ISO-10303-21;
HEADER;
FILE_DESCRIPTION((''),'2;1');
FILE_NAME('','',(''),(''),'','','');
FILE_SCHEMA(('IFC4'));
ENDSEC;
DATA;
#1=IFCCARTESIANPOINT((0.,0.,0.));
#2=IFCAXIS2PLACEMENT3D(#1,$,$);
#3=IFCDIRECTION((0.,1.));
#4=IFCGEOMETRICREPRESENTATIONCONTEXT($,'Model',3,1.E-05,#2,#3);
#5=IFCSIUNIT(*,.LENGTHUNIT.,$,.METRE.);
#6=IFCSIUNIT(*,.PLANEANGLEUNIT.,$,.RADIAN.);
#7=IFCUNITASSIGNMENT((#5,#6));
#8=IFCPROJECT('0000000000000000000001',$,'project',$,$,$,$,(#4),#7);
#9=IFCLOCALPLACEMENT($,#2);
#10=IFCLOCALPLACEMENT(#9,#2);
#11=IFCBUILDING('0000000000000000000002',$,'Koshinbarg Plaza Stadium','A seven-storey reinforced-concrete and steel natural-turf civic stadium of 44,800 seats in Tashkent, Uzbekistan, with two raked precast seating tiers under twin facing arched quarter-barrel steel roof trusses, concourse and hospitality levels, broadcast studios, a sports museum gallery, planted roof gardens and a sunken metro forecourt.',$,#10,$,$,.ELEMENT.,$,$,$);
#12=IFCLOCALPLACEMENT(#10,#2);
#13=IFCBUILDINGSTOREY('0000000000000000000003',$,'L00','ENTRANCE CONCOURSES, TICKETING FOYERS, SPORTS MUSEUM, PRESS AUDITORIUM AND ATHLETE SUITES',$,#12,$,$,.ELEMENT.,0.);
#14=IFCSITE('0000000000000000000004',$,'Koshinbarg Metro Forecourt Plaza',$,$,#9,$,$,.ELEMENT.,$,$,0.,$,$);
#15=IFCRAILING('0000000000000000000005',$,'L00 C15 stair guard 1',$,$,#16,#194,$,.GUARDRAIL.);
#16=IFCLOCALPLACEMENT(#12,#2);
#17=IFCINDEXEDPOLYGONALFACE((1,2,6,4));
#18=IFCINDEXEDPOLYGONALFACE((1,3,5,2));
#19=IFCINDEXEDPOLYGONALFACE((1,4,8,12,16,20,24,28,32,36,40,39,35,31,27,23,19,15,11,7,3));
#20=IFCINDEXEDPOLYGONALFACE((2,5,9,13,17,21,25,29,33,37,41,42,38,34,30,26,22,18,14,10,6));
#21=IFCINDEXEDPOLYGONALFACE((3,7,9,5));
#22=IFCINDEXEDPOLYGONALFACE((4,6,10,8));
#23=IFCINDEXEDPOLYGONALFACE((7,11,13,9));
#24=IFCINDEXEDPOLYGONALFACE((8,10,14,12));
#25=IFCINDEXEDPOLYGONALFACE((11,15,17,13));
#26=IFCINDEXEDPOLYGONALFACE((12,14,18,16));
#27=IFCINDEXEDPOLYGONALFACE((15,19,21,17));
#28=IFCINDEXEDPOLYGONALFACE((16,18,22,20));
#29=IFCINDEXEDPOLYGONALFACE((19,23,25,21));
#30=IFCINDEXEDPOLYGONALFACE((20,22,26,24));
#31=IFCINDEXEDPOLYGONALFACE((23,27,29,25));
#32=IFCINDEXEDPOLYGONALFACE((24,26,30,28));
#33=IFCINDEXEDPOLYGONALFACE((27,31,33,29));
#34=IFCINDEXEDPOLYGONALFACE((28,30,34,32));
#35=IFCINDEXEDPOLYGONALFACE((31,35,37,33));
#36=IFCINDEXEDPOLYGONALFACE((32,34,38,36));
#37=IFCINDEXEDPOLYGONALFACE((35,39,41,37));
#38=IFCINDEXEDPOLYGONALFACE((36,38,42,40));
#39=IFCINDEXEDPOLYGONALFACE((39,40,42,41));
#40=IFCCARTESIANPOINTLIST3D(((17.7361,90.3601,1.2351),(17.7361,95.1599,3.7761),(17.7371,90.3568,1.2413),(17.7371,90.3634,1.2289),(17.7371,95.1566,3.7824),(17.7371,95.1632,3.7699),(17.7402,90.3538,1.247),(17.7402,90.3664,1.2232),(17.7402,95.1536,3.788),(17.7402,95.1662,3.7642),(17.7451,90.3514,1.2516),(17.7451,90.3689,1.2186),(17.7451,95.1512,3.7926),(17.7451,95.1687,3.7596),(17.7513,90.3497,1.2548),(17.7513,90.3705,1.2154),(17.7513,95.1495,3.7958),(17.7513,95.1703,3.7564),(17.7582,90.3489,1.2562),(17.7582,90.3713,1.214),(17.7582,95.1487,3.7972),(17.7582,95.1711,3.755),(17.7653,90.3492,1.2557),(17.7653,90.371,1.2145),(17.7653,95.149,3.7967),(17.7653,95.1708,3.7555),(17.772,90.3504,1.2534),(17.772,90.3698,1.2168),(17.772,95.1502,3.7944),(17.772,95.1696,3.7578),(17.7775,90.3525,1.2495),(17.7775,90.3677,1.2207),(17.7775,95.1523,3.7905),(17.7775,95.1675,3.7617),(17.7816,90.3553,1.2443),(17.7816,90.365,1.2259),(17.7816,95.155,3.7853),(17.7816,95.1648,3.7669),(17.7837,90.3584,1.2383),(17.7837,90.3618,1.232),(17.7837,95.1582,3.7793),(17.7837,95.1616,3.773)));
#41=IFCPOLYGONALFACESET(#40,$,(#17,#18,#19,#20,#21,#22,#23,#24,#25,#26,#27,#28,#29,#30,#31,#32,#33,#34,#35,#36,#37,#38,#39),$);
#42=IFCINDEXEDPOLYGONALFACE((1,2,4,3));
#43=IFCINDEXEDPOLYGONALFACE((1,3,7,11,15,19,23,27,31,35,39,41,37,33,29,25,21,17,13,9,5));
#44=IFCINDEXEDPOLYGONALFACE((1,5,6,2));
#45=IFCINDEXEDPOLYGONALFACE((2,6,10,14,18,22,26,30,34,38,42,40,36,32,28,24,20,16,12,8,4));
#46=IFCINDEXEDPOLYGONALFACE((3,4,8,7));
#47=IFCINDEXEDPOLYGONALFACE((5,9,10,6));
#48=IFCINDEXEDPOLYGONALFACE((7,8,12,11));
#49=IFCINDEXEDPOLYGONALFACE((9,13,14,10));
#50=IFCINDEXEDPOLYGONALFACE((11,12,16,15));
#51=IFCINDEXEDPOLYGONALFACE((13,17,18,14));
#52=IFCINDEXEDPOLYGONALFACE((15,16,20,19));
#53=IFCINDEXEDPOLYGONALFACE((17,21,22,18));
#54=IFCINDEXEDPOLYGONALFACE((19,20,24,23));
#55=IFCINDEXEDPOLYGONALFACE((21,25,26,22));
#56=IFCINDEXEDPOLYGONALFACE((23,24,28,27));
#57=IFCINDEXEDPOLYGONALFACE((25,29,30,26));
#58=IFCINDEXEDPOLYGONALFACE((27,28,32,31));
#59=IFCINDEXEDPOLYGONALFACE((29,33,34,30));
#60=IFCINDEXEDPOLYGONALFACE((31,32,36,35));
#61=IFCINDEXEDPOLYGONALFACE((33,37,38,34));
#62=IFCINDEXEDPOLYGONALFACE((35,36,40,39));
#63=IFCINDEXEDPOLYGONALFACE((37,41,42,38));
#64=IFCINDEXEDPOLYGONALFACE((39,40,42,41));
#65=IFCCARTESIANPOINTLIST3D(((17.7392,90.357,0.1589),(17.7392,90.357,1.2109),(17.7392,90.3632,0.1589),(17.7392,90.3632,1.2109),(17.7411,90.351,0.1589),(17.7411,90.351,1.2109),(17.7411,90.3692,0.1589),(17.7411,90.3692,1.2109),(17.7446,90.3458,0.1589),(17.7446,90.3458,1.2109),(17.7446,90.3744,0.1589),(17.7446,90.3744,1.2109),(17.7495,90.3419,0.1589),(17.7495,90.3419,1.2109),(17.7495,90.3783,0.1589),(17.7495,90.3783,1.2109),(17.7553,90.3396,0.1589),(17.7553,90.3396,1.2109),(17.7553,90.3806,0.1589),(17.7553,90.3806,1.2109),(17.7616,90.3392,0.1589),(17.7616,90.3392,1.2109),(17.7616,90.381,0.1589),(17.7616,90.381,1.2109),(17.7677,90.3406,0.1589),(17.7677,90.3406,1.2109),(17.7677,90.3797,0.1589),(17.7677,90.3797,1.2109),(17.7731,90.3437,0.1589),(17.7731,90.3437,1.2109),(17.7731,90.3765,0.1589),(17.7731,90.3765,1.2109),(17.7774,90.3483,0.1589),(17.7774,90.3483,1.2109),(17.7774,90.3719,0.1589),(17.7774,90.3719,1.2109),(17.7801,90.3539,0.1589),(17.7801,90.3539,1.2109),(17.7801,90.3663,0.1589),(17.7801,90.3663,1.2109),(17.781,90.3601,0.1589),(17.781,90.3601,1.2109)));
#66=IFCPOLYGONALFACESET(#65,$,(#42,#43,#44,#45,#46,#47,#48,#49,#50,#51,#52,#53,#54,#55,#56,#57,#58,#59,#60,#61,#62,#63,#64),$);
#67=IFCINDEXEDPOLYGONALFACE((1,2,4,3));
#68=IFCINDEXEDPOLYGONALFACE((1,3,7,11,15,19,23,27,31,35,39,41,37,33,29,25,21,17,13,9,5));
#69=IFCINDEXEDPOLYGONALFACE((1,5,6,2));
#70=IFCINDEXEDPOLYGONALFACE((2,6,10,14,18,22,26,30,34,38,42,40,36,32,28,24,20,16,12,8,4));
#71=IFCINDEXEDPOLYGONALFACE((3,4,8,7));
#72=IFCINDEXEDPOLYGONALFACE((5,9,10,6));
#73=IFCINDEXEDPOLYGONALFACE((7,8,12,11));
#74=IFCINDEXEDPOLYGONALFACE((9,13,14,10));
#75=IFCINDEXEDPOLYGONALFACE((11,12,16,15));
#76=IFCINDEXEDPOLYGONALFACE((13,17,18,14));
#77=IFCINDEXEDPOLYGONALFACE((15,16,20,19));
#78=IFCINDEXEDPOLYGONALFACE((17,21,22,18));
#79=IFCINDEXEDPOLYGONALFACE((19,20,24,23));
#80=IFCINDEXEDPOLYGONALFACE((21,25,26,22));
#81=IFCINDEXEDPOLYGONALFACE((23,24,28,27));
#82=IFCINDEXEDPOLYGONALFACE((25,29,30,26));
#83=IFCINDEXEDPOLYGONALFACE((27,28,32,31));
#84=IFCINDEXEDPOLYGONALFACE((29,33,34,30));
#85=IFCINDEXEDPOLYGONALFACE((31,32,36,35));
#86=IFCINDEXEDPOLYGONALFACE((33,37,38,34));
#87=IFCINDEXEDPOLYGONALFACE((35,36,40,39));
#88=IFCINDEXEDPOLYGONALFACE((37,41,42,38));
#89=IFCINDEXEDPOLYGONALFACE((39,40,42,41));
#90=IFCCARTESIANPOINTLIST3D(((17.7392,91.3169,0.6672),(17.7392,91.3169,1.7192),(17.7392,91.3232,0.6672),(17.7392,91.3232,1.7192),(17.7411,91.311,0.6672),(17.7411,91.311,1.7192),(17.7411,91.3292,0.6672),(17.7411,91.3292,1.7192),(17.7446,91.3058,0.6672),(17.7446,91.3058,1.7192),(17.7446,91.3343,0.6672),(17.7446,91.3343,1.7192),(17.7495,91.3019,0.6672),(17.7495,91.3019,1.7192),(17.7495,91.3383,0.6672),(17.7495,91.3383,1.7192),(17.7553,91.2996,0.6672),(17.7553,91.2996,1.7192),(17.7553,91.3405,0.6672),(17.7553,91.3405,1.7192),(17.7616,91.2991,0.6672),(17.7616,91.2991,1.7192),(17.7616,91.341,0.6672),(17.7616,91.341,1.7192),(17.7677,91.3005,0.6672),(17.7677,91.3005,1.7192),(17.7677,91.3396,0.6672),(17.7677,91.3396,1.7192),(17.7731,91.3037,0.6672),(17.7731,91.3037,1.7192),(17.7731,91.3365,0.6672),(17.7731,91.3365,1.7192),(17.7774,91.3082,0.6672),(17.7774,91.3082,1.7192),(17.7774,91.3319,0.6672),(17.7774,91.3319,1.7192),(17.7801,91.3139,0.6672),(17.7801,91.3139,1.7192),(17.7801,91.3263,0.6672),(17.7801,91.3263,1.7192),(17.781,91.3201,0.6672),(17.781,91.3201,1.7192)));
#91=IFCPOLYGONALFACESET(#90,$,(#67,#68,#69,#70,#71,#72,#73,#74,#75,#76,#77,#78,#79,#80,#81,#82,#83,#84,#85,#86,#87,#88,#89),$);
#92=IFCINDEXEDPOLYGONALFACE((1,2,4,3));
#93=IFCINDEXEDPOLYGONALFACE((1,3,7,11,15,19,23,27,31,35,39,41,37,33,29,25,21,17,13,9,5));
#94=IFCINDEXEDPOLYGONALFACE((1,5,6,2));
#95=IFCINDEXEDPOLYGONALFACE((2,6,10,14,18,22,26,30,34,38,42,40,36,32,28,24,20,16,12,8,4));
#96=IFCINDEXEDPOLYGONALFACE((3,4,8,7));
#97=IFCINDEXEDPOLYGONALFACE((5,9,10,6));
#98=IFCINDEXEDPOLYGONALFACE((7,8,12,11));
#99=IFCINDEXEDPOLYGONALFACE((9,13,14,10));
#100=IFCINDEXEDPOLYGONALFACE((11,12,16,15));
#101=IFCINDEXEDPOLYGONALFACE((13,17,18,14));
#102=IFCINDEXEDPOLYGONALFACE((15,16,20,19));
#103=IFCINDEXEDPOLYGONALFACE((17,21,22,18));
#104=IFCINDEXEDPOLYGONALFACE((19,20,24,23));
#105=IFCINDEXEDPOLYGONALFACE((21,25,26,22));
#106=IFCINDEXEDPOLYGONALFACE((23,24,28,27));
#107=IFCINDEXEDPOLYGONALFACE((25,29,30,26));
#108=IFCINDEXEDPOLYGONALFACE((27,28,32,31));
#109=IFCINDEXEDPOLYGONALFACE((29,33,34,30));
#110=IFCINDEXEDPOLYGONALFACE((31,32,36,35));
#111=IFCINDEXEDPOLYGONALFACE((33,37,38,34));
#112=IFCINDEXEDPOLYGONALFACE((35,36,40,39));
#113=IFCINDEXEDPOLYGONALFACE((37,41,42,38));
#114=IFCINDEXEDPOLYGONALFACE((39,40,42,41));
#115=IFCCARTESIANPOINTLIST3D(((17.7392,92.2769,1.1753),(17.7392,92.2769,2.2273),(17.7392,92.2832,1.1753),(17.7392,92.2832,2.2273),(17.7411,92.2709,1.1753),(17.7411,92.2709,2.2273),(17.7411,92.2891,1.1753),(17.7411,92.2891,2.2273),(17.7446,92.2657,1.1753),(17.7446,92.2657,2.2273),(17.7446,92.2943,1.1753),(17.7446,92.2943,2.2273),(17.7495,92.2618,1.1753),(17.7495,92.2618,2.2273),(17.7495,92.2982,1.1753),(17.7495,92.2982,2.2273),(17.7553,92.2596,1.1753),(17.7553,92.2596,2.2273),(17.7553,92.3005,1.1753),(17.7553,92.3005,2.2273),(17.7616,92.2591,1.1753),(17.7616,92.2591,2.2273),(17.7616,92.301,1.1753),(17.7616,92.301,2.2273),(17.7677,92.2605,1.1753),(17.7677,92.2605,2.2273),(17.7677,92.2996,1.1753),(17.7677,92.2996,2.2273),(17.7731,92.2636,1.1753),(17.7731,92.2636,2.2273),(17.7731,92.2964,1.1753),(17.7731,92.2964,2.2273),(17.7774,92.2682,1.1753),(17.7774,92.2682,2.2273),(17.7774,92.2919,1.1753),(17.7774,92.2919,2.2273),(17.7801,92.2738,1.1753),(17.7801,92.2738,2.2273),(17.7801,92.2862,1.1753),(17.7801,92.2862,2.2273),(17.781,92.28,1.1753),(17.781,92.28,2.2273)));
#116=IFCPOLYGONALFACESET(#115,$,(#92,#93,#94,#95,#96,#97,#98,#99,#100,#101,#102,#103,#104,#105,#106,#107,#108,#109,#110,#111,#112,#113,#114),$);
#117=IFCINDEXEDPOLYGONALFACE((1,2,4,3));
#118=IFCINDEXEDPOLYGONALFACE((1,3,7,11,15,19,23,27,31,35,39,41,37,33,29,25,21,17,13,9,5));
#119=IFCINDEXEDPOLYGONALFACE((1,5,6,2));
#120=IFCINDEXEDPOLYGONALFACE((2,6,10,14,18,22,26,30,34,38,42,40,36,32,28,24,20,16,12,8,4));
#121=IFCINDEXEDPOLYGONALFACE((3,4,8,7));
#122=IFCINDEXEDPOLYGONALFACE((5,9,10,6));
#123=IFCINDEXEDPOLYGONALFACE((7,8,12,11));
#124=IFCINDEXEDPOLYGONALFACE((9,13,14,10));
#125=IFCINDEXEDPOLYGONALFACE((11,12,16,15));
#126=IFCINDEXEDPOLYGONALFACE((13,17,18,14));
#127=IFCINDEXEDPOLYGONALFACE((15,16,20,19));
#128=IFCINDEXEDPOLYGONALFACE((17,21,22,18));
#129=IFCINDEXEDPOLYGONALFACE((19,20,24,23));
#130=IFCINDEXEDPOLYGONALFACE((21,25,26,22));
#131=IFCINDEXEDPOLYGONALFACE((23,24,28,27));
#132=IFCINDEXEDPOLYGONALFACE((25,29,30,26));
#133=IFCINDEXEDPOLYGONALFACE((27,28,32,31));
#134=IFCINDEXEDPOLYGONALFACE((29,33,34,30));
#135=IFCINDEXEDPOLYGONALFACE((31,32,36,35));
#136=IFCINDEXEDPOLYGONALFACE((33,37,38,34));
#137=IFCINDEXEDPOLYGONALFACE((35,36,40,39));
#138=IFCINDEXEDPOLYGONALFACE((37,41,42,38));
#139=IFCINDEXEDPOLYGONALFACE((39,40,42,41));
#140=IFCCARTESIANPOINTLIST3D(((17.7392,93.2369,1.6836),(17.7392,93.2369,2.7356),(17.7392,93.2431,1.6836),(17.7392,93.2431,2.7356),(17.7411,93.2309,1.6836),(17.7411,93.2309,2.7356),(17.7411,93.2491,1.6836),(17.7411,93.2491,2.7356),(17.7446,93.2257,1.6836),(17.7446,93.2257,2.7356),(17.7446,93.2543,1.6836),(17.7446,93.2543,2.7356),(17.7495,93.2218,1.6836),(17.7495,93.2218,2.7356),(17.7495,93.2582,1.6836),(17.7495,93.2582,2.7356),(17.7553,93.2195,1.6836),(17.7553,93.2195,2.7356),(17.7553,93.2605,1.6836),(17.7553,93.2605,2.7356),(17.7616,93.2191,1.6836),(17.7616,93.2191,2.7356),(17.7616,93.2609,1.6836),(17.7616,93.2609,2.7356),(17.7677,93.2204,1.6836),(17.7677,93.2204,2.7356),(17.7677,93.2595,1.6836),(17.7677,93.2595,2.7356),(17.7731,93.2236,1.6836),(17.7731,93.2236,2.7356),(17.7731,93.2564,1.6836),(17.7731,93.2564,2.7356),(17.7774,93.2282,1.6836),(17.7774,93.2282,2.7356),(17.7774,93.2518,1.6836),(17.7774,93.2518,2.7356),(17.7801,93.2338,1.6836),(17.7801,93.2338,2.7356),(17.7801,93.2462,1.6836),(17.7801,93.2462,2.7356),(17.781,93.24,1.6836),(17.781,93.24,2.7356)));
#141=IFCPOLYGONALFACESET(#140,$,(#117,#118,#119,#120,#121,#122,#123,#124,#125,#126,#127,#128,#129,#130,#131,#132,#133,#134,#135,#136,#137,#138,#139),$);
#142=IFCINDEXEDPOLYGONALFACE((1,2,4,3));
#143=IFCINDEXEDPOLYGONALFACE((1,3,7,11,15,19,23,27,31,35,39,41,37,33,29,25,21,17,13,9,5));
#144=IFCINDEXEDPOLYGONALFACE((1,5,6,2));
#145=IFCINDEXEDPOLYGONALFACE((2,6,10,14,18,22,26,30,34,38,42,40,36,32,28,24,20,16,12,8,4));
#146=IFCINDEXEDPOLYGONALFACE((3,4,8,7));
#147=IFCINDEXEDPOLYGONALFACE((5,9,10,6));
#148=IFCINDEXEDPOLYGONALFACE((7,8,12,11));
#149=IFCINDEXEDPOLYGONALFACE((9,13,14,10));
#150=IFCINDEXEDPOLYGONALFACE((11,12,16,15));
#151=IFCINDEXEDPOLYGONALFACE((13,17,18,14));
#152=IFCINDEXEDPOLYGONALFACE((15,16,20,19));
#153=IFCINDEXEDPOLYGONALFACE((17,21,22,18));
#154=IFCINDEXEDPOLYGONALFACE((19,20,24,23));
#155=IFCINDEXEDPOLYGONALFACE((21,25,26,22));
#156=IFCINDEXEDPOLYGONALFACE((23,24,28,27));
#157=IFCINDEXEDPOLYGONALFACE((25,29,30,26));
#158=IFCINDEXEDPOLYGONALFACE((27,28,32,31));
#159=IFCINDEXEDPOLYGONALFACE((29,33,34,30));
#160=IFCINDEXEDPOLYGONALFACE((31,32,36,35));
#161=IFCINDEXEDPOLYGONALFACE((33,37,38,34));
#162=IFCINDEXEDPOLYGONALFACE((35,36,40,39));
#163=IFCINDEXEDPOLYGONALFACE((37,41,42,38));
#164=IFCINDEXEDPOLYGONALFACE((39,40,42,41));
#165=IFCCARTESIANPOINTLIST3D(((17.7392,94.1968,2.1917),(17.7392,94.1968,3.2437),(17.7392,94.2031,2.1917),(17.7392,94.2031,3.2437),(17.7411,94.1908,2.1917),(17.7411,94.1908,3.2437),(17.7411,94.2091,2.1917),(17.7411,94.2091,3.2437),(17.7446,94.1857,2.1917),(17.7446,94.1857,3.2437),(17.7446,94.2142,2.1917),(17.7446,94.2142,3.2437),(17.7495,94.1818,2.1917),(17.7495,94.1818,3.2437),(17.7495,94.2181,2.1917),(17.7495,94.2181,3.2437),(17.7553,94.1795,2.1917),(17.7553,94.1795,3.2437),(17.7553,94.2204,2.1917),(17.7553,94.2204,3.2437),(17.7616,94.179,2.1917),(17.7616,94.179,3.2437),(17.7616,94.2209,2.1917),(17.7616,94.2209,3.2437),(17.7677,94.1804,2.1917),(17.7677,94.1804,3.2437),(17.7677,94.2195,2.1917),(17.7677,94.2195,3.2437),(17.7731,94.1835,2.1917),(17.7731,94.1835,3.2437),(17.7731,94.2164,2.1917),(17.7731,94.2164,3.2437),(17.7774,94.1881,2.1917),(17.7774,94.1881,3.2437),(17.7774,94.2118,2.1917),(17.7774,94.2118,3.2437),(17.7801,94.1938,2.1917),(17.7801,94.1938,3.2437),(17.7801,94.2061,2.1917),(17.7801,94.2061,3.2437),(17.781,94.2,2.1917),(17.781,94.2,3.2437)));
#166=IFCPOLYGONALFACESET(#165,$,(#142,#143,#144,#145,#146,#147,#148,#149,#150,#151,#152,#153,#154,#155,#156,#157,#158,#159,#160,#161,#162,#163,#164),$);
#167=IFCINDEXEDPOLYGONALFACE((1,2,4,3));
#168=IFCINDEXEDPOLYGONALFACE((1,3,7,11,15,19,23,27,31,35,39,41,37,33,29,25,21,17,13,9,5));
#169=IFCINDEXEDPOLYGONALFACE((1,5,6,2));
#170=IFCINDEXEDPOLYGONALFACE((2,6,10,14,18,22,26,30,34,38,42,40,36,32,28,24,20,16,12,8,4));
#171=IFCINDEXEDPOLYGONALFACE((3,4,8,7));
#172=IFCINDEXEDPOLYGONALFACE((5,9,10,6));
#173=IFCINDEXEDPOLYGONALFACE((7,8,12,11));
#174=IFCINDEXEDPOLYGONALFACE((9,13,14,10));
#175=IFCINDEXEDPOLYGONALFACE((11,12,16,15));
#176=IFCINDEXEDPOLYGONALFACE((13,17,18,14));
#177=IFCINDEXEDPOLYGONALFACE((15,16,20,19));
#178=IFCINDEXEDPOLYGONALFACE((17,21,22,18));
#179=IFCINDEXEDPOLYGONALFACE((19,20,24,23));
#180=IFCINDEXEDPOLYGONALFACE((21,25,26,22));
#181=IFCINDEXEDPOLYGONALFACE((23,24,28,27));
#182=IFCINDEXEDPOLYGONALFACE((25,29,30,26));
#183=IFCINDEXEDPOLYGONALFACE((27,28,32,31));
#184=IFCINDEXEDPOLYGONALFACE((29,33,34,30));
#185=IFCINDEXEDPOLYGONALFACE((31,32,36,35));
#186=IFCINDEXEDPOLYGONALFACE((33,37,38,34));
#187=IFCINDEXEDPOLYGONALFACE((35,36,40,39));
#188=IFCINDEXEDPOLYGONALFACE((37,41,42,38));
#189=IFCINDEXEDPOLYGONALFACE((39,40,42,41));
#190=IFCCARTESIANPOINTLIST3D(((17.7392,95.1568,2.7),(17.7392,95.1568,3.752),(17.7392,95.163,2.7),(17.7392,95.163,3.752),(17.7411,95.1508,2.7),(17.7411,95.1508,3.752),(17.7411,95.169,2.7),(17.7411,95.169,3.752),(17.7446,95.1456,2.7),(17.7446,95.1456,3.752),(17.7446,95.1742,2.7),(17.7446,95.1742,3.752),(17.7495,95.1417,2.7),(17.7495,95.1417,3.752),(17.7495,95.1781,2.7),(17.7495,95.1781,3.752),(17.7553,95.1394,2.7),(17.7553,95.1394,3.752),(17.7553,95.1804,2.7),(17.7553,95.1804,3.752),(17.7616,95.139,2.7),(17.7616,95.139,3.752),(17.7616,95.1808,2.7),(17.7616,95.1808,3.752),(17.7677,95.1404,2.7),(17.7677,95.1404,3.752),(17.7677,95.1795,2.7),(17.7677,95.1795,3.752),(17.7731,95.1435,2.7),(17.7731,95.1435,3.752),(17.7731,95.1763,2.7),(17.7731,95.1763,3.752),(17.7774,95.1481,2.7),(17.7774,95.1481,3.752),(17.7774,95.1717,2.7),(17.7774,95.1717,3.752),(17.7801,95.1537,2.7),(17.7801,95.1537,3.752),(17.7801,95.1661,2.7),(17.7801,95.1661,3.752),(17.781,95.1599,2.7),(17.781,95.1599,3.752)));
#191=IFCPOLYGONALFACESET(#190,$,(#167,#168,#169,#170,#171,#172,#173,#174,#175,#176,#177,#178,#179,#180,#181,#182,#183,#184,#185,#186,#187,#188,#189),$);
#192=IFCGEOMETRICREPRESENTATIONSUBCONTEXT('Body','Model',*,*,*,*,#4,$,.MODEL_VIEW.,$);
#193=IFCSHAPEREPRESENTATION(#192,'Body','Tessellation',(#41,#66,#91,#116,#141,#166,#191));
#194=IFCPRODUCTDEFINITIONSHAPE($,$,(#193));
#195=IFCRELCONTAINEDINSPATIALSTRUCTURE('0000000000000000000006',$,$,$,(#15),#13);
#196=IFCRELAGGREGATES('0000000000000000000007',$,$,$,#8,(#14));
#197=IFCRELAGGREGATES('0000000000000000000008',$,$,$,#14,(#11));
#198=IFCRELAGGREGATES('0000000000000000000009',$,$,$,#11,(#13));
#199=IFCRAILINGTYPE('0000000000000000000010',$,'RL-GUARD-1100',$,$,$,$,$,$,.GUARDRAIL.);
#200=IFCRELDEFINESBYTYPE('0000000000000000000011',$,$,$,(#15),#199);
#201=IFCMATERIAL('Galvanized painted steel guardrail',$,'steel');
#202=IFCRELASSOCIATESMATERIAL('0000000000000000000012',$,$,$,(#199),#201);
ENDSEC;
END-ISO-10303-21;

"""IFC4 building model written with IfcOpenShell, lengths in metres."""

from ifc_helpers import new_model, si_unit, direction, frame, origin, origin_2d, place, context, subcontext, project, spatial, circle, extrude, material, type_object, element, save


model = new_model("IFC4")

# Units and contexts
model_context = context("Model", 3, precision=1e-05, world=origin(), true_north=direction((0.0, 1.0)))
body_context = subcontext(model_context, "Body", "Model", "MODEL_VIEW")
ifc_project = project(units=[si_unit("LENGTHUNIT", "METRE"), si_unit("PLANEANGLEUNIT", "RADIAN")], contexts=[model_context])

# Site, building, storey
site_placement = place(None, origin())
site = spatial("IfcSite", under=ifc_project, at=site_placement, Name="Koshinbarg Metro Forecourt Plaza", CompositionType="ELEMENT", RefElevation=0.0)
building_placement = place(site_placement, origin())
building = spatial("IfcBuilding", under=site, at=building_placement, Name="Koshinbarg Plaza Stadium", Description="A seven-storey reinforced-concrete and steel natural-turf civic stadium of 44,800 seats in Tashkent, Uzbekistan, with two raked precast seating tiers under twin facing arched quarter-barrel steel roof trusses, concourse and hospitality levels, broadcast studios, a sports museum gallery, planted roof gardens and a sunken metro forecourt.", CompositionType="ELEMENT")
storey_placement = place(building_placement, origin())
storey = spatial("IfcBuildingStorey", under=building, at=storey_placement, Name="L00", Description="ENTRANCE CONCOURSES, TICKETING FOYERS, SPORTS MUSEUM, PRESS AUDITORIUM AND ATHLETE SUITES", CompositionType="ELEMENT", Elevation=0.0)

# Railing
ifc_material_1 = material(Name="Galvanized painted steel guardrail", Category="steel")
railing_type_1 = type_object("IfcRailingType", Name="RL-GUARD-1100", PredefinedType="GUARDRAIL", material=ifc_material_1)
railing_1_placement = place(storey_placement, frame((17.76, 90.3601, 0.1589)))
element("IfcRailing", 1, at=railing_1_placement, inside=storey, type_object=railing_type_1, Name="L00 C15 stair guard 1", PredefinedType="GUARDRAIL", context=body_context, shape_type="SweptSolid", body=[
    extrude(circle(Radius=0.0239, at=origin_2d()), frame((0.0, 0.0, 1.0762), z_axis=(0.0, 0.883792, 0.467879), x_axis=(-1.0, 0.0, 0.0)), (0.0, 0.0, 1.0), 5.4309),
    extrude(circle(Radius=0.021, at=origin_2d()), origin(), (0.0, 0.0, 1.0), 1.052),
    extrude(circle(Radius=0.021, at=origin_2d()), frame((0.0, 0.96, 0.5083)), (0.0, 0.0, 1.0), 1.052),
    extrude(circle(Radius=0.021, at=origin_2d()), frame((0.0, 1.9199, 1.0164)), (0.0, 0.0, 1.0), 1.052),
    extrude(circle(Radius=0.021, at=origin_2d()), frame((0.0, 2.8799, 1.5247)), (0.0, 0.0, 1.0), 1.052),
    extrude(circle(Radius=0.021, at=origin_2d()), frame((0.0, 3.8398, 2.0327)), (0.0, 0.0, 1.0), 1.052),
    extrude(circle(Radius=0.021, at=origin_2d()), frame((0.0, 4.7998, 2.541)), (0.0, 0.0, 1.0), 1.052),
])

save(model, "model.ifc")
